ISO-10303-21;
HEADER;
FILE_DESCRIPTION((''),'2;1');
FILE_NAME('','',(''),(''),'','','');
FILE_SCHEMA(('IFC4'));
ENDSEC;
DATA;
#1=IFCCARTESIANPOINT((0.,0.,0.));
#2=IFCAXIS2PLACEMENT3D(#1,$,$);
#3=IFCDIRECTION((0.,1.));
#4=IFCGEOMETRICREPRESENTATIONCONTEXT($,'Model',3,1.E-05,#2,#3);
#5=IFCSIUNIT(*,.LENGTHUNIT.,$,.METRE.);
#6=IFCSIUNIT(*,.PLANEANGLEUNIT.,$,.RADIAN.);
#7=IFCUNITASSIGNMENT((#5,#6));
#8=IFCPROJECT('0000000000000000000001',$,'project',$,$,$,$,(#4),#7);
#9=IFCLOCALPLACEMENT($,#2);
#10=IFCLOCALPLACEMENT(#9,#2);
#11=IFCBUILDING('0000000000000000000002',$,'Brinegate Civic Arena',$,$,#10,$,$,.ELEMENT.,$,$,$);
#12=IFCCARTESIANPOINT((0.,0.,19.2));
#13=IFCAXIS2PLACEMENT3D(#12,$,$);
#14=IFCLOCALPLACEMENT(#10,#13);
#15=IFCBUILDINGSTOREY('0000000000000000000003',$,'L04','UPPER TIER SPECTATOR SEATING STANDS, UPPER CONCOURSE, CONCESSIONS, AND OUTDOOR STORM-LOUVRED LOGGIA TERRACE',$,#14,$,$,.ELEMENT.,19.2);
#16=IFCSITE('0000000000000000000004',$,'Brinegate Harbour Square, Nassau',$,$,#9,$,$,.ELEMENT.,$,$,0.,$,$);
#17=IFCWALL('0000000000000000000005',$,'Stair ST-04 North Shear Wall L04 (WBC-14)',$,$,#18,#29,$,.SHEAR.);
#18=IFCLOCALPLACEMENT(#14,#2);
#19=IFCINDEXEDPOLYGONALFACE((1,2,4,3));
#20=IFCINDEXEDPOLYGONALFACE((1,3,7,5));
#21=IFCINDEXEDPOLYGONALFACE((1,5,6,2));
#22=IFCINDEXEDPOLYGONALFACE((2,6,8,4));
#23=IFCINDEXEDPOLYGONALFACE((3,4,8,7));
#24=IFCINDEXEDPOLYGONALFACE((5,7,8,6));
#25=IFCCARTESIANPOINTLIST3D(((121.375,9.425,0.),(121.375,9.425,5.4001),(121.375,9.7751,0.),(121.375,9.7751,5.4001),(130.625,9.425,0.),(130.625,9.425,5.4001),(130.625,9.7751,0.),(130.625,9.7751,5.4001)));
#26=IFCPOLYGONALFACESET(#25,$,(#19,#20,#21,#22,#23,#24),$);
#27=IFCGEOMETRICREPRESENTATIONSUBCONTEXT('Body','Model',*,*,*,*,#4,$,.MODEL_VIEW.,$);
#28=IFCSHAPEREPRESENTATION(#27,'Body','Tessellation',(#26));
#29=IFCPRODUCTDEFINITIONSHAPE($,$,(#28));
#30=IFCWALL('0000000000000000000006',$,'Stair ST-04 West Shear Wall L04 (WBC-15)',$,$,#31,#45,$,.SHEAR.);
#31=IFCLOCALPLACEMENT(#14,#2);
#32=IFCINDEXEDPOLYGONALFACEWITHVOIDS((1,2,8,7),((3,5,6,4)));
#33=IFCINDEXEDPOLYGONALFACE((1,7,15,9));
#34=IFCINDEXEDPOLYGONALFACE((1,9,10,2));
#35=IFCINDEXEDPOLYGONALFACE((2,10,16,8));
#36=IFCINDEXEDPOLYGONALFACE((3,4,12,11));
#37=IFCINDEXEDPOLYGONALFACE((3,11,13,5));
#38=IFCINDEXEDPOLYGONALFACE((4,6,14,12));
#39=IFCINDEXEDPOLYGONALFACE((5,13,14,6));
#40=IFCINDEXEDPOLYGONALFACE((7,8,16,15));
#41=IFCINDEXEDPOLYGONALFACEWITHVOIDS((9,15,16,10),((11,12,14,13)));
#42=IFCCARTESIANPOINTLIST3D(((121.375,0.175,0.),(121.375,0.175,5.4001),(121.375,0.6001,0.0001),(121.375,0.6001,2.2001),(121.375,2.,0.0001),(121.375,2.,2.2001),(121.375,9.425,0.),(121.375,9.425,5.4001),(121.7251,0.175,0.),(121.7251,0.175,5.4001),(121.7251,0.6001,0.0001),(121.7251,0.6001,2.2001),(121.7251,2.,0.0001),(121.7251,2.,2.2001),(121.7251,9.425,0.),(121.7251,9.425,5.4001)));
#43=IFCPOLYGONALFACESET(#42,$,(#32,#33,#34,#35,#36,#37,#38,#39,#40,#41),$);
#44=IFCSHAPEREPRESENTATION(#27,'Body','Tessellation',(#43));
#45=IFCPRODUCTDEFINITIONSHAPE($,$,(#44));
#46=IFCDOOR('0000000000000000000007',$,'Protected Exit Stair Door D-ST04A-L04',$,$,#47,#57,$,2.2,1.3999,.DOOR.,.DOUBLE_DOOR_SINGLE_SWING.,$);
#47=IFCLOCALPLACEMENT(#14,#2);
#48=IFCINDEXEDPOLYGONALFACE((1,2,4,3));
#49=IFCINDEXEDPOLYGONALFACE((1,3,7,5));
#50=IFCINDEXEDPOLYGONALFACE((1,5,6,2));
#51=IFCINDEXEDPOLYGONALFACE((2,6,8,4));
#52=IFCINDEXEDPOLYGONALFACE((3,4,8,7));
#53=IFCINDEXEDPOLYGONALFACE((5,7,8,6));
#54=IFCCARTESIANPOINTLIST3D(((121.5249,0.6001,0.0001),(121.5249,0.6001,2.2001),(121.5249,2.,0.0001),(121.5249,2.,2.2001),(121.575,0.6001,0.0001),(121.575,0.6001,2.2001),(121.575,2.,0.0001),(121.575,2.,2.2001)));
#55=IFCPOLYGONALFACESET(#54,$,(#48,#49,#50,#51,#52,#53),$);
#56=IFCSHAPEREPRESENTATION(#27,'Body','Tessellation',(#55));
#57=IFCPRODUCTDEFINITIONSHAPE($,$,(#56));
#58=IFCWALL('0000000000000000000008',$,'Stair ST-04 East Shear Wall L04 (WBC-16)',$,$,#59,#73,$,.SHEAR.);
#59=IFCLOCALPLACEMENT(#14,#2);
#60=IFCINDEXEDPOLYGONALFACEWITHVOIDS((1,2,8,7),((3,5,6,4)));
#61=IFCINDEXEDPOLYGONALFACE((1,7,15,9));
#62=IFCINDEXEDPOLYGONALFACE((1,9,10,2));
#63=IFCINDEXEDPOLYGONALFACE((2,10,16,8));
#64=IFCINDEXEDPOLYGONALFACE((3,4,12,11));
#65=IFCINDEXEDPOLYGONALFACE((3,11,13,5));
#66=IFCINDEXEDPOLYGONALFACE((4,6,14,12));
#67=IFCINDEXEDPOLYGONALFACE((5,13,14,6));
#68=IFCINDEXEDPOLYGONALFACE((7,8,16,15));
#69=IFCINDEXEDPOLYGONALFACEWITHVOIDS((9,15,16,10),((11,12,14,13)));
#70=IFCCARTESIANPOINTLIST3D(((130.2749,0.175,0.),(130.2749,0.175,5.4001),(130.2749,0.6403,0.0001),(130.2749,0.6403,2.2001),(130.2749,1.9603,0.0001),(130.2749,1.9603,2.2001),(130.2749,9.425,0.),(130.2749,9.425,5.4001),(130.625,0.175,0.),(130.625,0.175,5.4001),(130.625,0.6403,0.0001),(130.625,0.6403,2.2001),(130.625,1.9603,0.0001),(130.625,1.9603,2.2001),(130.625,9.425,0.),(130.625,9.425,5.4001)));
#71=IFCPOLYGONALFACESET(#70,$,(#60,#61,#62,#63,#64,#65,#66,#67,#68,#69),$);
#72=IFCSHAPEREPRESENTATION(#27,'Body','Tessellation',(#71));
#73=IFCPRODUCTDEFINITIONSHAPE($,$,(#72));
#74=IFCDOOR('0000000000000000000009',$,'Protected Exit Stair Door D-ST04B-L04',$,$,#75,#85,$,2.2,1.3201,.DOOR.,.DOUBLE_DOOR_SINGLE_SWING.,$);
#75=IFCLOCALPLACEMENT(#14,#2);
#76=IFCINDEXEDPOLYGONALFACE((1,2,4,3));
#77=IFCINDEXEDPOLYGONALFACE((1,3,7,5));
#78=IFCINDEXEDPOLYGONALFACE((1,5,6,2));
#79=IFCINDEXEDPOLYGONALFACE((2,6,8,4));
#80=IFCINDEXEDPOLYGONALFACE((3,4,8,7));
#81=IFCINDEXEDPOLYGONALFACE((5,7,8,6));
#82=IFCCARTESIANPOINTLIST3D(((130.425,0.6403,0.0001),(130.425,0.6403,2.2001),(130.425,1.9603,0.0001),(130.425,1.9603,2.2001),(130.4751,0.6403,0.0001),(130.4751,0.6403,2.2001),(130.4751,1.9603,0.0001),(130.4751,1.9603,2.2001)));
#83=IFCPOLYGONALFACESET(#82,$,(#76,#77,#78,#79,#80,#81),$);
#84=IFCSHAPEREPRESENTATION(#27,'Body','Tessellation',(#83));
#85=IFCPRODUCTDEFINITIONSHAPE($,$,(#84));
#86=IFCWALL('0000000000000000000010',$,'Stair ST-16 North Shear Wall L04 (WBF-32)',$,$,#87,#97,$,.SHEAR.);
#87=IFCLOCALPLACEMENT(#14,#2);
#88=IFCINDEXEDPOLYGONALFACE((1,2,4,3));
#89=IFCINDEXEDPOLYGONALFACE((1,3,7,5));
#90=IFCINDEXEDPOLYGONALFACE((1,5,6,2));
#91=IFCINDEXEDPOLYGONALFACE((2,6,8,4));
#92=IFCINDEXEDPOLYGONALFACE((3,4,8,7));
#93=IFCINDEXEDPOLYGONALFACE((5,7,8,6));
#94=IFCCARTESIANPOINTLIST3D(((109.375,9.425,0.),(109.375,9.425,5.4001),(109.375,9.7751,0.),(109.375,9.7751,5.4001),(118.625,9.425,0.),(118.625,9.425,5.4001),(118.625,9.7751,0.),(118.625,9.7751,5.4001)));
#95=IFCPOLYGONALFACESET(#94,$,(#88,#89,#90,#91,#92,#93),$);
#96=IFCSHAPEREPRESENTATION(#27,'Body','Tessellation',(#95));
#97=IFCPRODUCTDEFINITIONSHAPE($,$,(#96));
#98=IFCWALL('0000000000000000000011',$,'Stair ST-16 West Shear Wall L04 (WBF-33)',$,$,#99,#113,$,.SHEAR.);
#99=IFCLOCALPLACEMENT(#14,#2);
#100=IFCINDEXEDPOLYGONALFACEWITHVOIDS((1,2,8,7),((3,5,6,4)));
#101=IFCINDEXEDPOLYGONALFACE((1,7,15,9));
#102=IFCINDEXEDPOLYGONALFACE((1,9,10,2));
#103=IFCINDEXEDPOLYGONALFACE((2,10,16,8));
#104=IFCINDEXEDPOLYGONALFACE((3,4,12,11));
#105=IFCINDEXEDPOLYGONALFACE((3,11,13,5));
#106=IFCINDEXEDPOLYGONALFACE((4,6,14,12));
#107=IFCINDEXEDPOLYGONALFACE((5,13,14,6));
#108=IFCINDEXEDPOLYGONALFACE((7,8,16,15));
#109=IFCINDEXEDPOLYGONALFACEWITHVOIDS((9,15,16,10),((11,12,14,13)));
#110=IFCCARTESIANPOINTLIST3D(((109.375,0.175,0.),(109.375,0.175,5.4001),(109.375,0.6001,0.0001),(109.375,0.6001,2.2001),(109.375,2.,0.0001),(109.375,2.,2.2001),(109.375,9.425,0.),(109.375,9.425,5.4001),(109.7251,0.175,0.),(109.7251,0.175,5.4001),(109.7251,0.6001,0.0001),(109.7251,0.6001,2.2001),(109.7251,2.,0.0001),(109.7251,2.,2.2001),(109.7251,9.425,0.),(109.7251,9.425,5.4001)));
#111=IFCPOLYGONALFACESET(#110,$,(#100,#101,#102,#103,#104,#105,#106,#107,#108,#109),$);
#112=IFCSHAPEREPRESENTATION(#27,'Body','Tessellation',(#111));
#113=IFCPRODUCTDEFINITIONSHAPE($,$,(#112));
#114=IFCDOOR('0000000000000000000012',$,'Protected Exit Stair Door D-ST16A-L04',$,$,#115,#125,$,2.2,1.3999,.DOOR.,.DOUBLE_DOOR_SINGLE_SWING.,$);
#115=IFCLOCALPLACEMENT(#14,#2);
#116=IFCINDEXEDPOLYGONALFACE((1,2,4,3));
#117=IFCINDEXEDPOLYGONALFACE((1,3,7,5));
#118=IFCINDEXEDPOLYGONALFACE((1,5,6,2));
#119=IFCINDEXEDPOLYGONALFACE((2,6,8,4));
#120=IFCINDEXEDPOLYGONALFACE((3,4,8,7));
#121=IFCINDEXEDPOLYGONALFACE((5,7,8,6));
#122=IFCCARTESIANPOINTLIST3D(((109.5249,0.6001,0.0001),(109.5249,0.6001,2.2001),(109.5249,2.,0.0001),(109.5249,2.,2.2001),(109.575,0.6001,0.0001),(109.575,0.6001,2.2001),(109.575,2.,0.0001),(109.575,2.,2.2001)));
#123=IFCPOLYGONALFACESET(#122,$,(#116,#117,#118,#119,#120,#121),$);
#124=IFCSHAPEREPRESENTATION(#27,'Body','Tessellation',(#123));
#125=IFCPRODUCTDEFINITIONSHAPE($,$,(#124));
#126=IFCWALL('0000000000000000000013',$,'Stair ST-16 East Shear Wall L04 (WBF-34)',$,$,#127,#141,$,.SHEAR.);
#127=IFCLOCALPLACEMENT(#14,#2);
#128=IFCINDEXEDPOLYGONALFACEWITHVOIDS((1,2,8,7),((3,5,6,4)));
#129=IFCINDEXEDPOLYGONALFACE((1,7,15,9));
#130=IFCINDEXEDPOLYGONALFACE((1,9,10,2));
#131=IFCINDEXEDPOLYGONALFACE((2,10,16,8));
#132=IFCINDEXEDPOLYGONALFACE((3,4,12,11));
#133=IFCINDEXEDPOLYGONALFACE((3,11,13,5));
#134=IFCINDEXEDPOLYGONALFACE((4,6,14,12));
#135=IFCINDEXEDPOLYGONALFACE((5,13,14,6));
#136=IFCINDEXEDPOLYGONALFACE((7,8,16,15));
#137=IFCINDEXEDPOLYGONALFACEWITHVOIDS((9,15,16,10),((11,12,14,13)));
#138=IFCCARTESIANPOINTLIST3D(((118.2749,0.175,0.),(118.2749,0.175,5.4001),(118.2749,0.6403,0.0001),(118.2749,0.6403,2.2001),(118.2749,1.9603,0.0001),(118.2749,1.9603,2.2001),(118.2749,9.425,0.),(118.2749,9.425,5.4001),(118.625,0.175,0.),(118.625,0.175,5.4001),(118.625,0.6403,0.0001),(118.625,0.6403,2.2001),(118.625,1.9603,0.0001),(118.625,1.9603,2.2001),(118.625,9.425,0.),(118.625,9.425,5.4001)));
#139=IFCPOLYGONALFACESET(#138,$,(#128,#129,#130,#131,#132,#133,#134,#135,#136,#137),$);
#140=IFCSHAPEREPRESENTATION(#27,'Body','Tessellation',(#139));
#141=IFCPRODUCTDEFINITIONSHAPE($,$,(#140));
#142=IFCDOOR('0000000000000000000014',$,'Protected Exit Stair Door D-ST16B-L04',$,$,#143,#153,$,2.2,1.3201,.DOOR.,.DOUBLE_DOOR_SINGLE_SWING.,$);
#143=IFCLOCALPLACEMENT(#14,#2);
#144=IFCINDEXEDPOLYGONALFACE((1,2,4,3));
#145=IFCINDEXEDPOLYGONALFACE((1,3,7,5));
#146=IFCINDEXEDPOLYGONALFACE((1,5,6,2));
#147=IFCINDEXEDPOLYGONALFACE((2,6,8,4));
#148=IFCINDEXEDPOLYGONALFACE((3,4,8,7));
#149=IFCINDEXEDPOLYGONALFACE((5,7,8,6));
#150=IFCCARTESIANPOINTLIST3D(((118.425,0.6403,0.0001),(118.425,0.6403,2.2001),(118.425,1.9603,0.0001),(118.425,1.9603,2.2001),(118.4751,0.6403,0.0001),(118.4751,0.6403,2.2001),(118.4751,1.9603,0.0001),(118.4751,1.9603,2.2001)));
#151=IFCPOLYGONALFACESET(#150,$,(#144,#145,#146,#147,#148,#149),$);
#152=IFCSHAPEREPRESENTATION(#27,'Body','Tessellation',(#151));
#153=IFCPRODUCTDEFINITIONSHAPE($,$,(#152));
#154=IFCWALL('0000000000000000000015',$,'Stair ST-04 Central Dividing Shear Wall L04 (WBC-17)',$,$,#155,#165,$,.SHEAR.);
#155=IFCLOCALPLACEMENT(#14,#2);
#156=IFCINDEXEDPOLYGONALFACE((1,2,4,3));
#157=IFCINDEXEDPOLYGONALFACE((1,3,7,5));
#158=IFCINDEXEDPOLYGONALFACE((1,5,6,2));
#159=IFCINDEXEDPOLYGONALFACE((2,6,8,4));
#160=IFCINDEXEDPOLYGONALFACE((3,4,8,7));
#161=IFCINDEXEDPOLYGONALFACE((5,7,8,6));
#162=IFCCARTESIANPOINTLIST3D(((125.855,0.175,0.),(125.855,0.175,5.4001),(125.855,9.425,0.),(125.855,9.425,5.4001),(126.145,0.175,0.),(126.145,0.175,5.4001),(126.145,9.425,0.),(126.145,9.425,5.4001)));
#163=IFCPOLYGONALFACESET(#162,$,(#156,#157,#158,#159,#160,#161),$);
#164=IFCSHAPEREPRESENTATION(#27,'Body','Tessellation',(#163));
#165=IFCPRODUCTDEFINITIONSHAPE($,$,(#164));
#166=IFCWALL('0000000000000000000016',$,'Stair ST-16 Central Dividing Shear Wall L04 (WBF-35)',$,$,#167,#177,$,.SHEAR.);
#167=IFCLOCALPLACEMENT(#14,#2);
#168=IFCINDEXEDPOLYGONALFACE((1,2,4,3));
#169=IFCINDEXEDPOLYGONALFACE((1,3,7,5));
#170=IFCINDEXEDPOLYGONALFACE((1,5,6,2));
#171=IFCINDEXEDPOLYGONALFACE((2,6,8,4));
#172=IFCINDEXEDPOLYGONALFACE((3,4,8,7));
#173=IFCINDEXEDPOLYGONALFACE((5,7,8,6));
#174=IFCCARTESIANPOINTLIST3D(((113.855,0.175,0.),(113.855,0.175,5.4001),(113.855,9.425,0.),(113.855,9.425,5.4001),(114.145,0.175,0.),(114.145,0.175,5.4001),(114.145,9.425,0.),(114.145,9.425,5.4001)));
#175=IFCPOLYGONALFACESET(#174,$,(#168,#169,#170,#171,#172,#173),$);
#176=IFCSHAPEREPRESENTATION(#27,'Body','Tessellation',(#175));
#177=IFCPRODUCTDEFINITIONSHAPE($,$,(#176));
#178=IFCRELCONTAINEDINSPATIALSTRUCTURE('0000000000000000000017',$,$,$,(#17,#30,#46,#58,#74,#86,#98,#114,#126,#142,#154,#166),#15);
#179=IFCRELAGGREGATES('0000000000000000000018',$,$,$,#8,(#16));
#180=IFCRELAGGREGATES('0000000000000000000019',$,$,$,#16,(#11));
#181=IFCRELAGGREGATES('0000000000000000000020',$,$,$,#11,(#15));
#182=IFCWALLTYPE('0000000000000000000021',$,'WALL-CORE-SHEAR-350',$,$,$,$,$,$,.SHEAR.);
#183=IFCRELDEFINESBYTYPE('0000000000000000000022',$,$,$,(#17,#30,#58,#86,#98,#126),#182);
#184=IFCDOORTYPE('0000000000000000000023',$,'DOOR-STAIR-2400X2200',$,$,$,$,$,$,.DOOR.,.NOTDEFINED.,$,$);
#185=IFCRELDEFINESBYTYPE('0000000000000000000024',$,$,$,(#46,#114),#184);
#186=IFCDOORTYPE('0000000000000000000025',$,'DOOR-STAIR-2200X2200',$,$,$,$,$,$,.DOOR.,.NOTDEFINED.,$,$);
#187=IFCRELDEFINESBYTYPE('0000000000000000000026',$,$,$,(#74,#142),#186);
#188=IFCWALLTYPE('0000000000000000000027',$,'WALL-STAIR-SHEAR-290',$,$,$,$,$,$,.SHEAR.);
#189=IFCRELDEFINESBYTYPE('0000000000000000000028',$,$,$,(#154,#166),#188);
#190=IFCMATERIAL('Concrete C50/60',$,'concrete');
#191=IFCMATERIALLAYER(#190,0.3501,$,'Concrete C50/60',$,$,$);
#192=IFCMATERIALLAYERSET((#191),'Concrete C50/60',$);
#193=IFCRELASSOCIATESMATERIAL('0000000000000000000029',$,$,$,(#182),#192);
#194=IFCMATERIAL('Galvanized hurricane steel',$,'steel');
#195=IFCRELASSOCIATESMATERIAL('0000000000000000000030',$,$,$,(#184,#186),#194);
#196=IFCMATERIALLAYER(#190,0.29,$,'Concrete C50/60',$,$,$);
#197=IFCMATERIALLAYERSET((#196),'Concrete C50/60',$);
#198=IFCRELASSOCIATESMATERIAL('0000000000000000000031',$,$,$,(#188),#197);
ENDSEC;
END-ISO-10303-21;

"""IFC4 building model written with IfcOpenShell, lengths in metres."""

from ifc_helpers import new_model, si_unit, direction, frame, frame_2d, origin, place, context, subcontext, project, spatial, rectangle, extrude, material, layer, layer_set, type_object, element, fill, save


model = new_model("IFC4")

# Units and contexts
model_context = context("Model", 3, precision=1e-05, world=origin(), true_north=direction((0.0, 1.0)))
body_context = subcontext(model_context, "Body", "Model", "MODEL_VIEW")
ifc_project = project(units=[si_unit("LENGTHUNIT", "METRE"), si_unit("PLANEANGLEUNIT", "RADIAN")], contexts=[model_context])

# Site, building, storey
site_placement = place(None, origin())
site = spatial("IfcSite", under=ifc_project, at=site_placement, Name="Brinegate Harbour Square, Nassau", CompositionType="ELEMENT", RefElevation=0.0)
building_placement = place(site_placement, origin())
building = spatial("IfcBuilding", under=site, at=building_placement, Name="Brinegate Civic Arena", CompositionType="ELEMENT")
storey_placement = place(building_placement, frame((0.0, 0.0, 19.2)))
storey = spatial("IfcBuildingStorey", under=building, at=storey_placement, Name="L04", Description="UPPER TIER SPECTATOR SEATING STANDS, UPPER CONCOURSE, CONCESSIONS, AND OUTDOOR STORM-LOUVRED LOGGIA TERRACE", CompositionType="ELEMENT", Elevation=19.2)

# Shared definitions
ifc_material_1 = material(Name="Concrete C50/60", Category="concrete")

# Wall
ifc_layer_1 = layer(ifc_material_1, 0.3501, Name="Concrete C50/60")
ifc_layer_set_1 = layer_set([ifc_layer_1], Name="Concrete C50/60")
wall_type_1 = type_object("IfcWallType", Name="WALL-CORE-SHEAR-350", PredefinedType="SHEAR", material=ifc_layer_set_1)
wall_1_placement = place(storey_placement, frame((121.375, 9.6001, 0.0), z_axis=(0.0, 0.0, 1.0), x_axis=(1.0, 0.0, 0.0)))
element("IfcWall", 1, at=wall_1_placement, inside=storey, type_object=wall_type_1, Name="Stair ST-04 North Shear Wall L04 (WBC-14)", PredefinedType="SHEAR", context=body_context, shape_type="SweptSolid", body=[
    extrude(rectangle(XDim=9.25, YDim=0.3501, at=frame_2d((4.625, 0.0))), origin(), (0.0, 0.0, 1.0), 5.4001),
])

# Walls, openings, doors
wall_2_placement = place(storey_placement, frame((121.55, 0.175, 0.0), z_axis=(0.0, 0.0, 1.0), x_axis=(0.0, 1.0, 0.0)))
wall_2 = element("IfcWall", 2, at=wall_2_placement, inside=storey, type_object=wall_type_1, Name="Stair ST-04 West Shear Wall L04 (WBC-15)", PredefinedType="SHEAR", context=body_context, shape_type="SweptSolid", body=[
    extrude(rectangle(XDim=9.25, YDim=0.3501, at=frame_2d((4.625, 0.0))), origin(), (0.0, 0.0, 1.0), 5.4001),
])
opening_1_placement = place(wall_2_placement, frame((0.425, 0.0, 0.0)))
opening_1 = element("IfcOpeningElement", 3, at=opening_1_placement, cuts=wall_2, PredefinedType="OPENING", context=body_context, shape_type="SweptSolid", body=[
    extrude(rectangle(XDim=1.3999, YDim=2.2, at=frame_2d((0.7, 1.1001))), frame((0.0, 0.1851, 0.0), z_axis=(0.0, -1.0, 0.0), x_axis=(1.0, 0.0, 0.0)), (0.0, 0.0, 1.0), 0.3701),
])
ifc_material_2 = material(Name="Galvanized hurricane steel", Category="steel")
door_type_1 = type_object("IfcDoorType", Name="DOOR-STAIR-2400X2200", OperationType="NOTDEFINED", PredefinedType="DOOR", material=ifc_material_2)
door_1_placement = place(opening_1_placement, frame((1.3999, 0.0, 0.0), z_axis=(0.0, 0.0, 1.0), x_axis=(-1.0, 0.0, 0.0)))
door_1 = element("IfcDoor", 4, at=door_1_placement, inside=storey, type_object=door_type_1, Name="Protected Exit Stair Door D-ST04A-L04", OperationType="DOUBLE_DOOR_SINGLE_SWING", OverallHeight=2.2, OverallWidth=1.3999, PredefinedType="DOOR", context=body_context, shape_type="SweptSolid", body=[
    extrude(rectangle(XDim=1.3999, YDim=2.2, at=frame_2d((0.7, 1.1001))), frame((0.0, 0.0249, 0.0), z_axis=(0.0, -1.0, 0.0), x_axis=(1.0, 0.0, 0.0)), (0.0, 0.0, 1.0), 0.05),
])
fill(opening_1, door_1)
wall_3_placement = place(storey_placement, frame((130.45, 0.175, 0.0), z_axis=(0.0, 0.0, 1.0), x_axis=(0.0, 1.0, 0.0)))
wall_3 = element("IfcWall", 5, at=wall_3_placement, inside=storey, type_object=wall_type_1, Name="Stair ST-04 East Shear Wall L04 (WBC-16)", PredefinedType="SHEAR", context=body_context, shape_type="SweptSolid", body=[
    extrude(rectangle(XDim=9.25, YDim=0.3501, at=frame_2d((4.625, 0.0))), origin(), (0.0, 0.0, 1.0), 5.4001),
])
opening_2_placement = place(wall_3_placement, frame((0.4651, 0.0, 0.0)))
opening_2 = element("IfcOpeningElement", 6, at=opening_2_placement, cuts=wall_3, PredefinedType="OPENING", context=body_context, shape_type="SweptSolid", body=[
    extrude(rectangle(XDim=1.3201, YDim=2.2, at=frame_2d((0.6602, 1.1001))), frame((0.0, 0.1851, 0.0), z_axis=(0.0, -1.0, 0.0), x_axis=(1.0, 0.0, 0.0)), (0.0, 0.0, 1.0), 0.3701),
])
door_type_2 = type_object("IfcDoorType", Name="DOOR-STAIR-2200X2200", OperationType="NOTDEFINED", PredefinedType="DOOR", material=ifc_material_2)
door_2_placement = place(opening_2_placement, origin())
door_2 = element("IfcDoor", 7, at=door_2_placement, inside=storey, type_object=door_type_2, Name="Protected Exit Stair Door D-ST04B-L04", OperationType="DOUBLE_DOOR_SINGLE_SWING", OverallHeight=2.2, OverallWidth=1.3201, PredefinedType="DOOR", context=body_context, shape_type="SweptSolid", body=[
    extrude(rectangle(XDim=1.3201, YDim=2.2, at=frame_2d((0.6602, 1.1001))), frame((0.0, 0.0249, 0.0), z_axis=(0.0, -1.0, 0.0), x_axis=(1.0, 0.0, 0.0)), (0.0, 0.0, 1.0), 0.05),
])
fill(opening_2, door_2)

# Wall
wall_4_placement = place(storey_placement, frame((109.375, 9.6001, 0.0), z_axis=(0.0, 0.0, 1.0), x_axis=(1.0, 0.0, 0.0)))
element("IfcWall", 8, at=wall_4_placement, inside=storey, type_object=wall_type_1, Name="Stair ST-16 North Shear Wall L04 (WBF-32)", PredefinedType="SHEAR", context=body_context, shape_type="SweptSolid", body=[
    extrude(rectangle(XDim=9.25, YDim=0.3501, at=frame_2d((4.625, 0.0))), origin(), (0.0, 0.0, 1.0), 5.4001),
])

# Walls, openings, doors
wall_5_placement = place(storey_placement, frame((109.55, 0.175, 0.0), z_axis=(0.0, 0.0, 1.0), x_axis=(0.0, 1.0, 0.0)))
wall_5 = element("IfcWall", 9, at=wall_5_placement, inside=storey, type_object=wall_type_1, Name="Stair ST-16 West Shear Wall L04 (WBF-33)", PredefinedType="SHEAR", context=body_context, shape_type="SweptSolid", body=[
    extrude(rectangle(XDim=9.25, YDim=0.3501, at=frame_2d((4.625, 0.0))), origin(), (0.0, 0.0, 1.0), 5.4001),
])
opening_3_placement = place(wall_5_placement, frame((0.425, 0.0, 0.0)))
opening_3 = element("IfcOpeningElement", 10, at=opening_3_placement, cuts=wall_5, PredefinedType="OPENING", context=body_context, shape_type="SweptSolid", body=[
    extrude(rectangle(XDim=1.3999, YDim=2.2, at=frame_2d((0.7, 1.1001))), frame((0.0, 0.1851, 0.0), z_axis=(0.0, -1.0, 0.0), x_axis=(1.0, 0.0, 0.0)), (0.0, 0.0, 1.0), 0.3701),
])
door_3_placement = place(opening_3_placement, frame((1.3999, 0.0, 0.0), z_axis=(0.0, 0.0, 1.0), x_axis=(-1.0, 0.0, 0.0)))
door_3 = element("IfcDoor", 11, at=door_3_placement, inside=storey, type_object=door_type_1, Name="Protected Exit Stair Door D-ST16A-L04", OperationType="DOUBLE_DOOR_SINGLE_SWING", OverallHeight=2.2, OverallWidth=1.3999, PredefinedType="DOOR", context=body_context, shape_type="SweptSolid", body=[
    extrude(rectangle(XDim=1.3999, YDim=2.2, at=frame_2d((0.7, 1.1001))), frame((0.0, 0.0249, 0.0), z_axis=(0.0, -1.0, 0.0), x_axis=(1.0, 0.0, 0.0)), (0.0, 0.0, 1.0), 0.05),
])
fill(opening_3, door_3)
wall_6_placement = place(storey_placement, frame((118.45, 0.175, 0.0), z_axis=(0.0, 0.0, 1.0), x_axis=(0.0, 1.0, 0.0)))
wall_6 = element("IfcWall", 12, at=wall_6_placement, inside=storey, type_object=wall_type_1, Name="Stair ST-16 East Shear Wall L04 (WBF-34)", PredefinedType="SHEAR", context=body_context, shape_type="SweptSolid", body=[
    extrude(rectangle(XDim=9.25, YDim=0.3501, at=frame_2d((4.625, 0.0))), origin(), (0.0, 0.0, 1.0), 5.4001),
])
opening_4_placement = place(wall_6_placement, frame((0.4651, 0.0, 0.0)))
opening_4 = element("IfcOpeningElement", 13, at=opening_4_placement, cuts=wall_6, PredefinedType="OPENING", context=body_context, shape_type="SweptSolid", body=[
    extrude(rectangle(XDim=1.3201, YDim=2.2, at=frame_2d((0.6602, 1.1001))), frame((0.0, 0.1851, 0.0), z_axis=(0.0, -1.0, 0.0), x_axis=(1.0, 0.0, 0.0)), (0.0, 0.0, 1.0), 0.3701),
])
door_4_placement = place(opening_4_placement, origin())
door_4 = element("IfcDoor", 14, at=door_4_placement, inside=storey, type_object=door_type_2, Name="Protected Exit Stair Door D-ST16B-L04", OperationType="DOUBLE_DOOR_SINGLE_SWING", OverallHeight=2.2, OverallWidth=1.3201, PredefinedType="DOOR", context=body_context, shape_type="SweptSolid", body=[
    extrude(rectangle(XDim=1.3201, YDim=2.2, at=frame_2d((0.6602, 1.1001))), frame((0.0, 0.0249, 0.0), z_axis=(0.0, -1.0, 0.0), x_axis=(1.0, 0.0, 0.0)), (0.0, 0.0, 1.0), 0.05),
])
fill(opening_4, door_4)

# Walls
ifc_layer_2 = layer(ifc_material_1, 0.29, Name="Concrete C50/60")
ifc_layer_set_2 = layer_set([ifc_layer_2], Name="Concrete C50/60")
wall_type_2 = type_object("IfcWallType", Name="WALL-STAIR-SHEAR-290", PredefinedType="SHEAR", material=ifc_layer_set_2)
for number, where, z_axis, x_axis, name in (
    (15, (126.0, 0.175, 0.0), (0.0, 0.0, 1.0), (0.0, 1.0, 0.0), "Stair ST-04 Central Dividing Shear Wall L04 (WBC-17)"),
    (16, (114.0, 0.175, 0.0), (0.0, 0.0, 1.0), (0.0, 1.0, 0.0), "Stair ST-16 Central Dividing Shear Wall L04 (WBF-35)"),
):
    element("IfcWall", number, at=place(storey_placement, frame(where, z_axis=z_axis, x_axis=x_axis)), inside=storey, type_object=wall_type_2, Name=name, PredefinedType="SHEAR", context=body_context, shape_type="SweptSolid", body=[
        extrude(rectangle(XDim=9.25, YDim=0.29, at=frame_2d((4.625, 0.0))), origin(), (0.0, 0.0, 1.0), 5.4001),
    ])

save(model, "model.ifc")
